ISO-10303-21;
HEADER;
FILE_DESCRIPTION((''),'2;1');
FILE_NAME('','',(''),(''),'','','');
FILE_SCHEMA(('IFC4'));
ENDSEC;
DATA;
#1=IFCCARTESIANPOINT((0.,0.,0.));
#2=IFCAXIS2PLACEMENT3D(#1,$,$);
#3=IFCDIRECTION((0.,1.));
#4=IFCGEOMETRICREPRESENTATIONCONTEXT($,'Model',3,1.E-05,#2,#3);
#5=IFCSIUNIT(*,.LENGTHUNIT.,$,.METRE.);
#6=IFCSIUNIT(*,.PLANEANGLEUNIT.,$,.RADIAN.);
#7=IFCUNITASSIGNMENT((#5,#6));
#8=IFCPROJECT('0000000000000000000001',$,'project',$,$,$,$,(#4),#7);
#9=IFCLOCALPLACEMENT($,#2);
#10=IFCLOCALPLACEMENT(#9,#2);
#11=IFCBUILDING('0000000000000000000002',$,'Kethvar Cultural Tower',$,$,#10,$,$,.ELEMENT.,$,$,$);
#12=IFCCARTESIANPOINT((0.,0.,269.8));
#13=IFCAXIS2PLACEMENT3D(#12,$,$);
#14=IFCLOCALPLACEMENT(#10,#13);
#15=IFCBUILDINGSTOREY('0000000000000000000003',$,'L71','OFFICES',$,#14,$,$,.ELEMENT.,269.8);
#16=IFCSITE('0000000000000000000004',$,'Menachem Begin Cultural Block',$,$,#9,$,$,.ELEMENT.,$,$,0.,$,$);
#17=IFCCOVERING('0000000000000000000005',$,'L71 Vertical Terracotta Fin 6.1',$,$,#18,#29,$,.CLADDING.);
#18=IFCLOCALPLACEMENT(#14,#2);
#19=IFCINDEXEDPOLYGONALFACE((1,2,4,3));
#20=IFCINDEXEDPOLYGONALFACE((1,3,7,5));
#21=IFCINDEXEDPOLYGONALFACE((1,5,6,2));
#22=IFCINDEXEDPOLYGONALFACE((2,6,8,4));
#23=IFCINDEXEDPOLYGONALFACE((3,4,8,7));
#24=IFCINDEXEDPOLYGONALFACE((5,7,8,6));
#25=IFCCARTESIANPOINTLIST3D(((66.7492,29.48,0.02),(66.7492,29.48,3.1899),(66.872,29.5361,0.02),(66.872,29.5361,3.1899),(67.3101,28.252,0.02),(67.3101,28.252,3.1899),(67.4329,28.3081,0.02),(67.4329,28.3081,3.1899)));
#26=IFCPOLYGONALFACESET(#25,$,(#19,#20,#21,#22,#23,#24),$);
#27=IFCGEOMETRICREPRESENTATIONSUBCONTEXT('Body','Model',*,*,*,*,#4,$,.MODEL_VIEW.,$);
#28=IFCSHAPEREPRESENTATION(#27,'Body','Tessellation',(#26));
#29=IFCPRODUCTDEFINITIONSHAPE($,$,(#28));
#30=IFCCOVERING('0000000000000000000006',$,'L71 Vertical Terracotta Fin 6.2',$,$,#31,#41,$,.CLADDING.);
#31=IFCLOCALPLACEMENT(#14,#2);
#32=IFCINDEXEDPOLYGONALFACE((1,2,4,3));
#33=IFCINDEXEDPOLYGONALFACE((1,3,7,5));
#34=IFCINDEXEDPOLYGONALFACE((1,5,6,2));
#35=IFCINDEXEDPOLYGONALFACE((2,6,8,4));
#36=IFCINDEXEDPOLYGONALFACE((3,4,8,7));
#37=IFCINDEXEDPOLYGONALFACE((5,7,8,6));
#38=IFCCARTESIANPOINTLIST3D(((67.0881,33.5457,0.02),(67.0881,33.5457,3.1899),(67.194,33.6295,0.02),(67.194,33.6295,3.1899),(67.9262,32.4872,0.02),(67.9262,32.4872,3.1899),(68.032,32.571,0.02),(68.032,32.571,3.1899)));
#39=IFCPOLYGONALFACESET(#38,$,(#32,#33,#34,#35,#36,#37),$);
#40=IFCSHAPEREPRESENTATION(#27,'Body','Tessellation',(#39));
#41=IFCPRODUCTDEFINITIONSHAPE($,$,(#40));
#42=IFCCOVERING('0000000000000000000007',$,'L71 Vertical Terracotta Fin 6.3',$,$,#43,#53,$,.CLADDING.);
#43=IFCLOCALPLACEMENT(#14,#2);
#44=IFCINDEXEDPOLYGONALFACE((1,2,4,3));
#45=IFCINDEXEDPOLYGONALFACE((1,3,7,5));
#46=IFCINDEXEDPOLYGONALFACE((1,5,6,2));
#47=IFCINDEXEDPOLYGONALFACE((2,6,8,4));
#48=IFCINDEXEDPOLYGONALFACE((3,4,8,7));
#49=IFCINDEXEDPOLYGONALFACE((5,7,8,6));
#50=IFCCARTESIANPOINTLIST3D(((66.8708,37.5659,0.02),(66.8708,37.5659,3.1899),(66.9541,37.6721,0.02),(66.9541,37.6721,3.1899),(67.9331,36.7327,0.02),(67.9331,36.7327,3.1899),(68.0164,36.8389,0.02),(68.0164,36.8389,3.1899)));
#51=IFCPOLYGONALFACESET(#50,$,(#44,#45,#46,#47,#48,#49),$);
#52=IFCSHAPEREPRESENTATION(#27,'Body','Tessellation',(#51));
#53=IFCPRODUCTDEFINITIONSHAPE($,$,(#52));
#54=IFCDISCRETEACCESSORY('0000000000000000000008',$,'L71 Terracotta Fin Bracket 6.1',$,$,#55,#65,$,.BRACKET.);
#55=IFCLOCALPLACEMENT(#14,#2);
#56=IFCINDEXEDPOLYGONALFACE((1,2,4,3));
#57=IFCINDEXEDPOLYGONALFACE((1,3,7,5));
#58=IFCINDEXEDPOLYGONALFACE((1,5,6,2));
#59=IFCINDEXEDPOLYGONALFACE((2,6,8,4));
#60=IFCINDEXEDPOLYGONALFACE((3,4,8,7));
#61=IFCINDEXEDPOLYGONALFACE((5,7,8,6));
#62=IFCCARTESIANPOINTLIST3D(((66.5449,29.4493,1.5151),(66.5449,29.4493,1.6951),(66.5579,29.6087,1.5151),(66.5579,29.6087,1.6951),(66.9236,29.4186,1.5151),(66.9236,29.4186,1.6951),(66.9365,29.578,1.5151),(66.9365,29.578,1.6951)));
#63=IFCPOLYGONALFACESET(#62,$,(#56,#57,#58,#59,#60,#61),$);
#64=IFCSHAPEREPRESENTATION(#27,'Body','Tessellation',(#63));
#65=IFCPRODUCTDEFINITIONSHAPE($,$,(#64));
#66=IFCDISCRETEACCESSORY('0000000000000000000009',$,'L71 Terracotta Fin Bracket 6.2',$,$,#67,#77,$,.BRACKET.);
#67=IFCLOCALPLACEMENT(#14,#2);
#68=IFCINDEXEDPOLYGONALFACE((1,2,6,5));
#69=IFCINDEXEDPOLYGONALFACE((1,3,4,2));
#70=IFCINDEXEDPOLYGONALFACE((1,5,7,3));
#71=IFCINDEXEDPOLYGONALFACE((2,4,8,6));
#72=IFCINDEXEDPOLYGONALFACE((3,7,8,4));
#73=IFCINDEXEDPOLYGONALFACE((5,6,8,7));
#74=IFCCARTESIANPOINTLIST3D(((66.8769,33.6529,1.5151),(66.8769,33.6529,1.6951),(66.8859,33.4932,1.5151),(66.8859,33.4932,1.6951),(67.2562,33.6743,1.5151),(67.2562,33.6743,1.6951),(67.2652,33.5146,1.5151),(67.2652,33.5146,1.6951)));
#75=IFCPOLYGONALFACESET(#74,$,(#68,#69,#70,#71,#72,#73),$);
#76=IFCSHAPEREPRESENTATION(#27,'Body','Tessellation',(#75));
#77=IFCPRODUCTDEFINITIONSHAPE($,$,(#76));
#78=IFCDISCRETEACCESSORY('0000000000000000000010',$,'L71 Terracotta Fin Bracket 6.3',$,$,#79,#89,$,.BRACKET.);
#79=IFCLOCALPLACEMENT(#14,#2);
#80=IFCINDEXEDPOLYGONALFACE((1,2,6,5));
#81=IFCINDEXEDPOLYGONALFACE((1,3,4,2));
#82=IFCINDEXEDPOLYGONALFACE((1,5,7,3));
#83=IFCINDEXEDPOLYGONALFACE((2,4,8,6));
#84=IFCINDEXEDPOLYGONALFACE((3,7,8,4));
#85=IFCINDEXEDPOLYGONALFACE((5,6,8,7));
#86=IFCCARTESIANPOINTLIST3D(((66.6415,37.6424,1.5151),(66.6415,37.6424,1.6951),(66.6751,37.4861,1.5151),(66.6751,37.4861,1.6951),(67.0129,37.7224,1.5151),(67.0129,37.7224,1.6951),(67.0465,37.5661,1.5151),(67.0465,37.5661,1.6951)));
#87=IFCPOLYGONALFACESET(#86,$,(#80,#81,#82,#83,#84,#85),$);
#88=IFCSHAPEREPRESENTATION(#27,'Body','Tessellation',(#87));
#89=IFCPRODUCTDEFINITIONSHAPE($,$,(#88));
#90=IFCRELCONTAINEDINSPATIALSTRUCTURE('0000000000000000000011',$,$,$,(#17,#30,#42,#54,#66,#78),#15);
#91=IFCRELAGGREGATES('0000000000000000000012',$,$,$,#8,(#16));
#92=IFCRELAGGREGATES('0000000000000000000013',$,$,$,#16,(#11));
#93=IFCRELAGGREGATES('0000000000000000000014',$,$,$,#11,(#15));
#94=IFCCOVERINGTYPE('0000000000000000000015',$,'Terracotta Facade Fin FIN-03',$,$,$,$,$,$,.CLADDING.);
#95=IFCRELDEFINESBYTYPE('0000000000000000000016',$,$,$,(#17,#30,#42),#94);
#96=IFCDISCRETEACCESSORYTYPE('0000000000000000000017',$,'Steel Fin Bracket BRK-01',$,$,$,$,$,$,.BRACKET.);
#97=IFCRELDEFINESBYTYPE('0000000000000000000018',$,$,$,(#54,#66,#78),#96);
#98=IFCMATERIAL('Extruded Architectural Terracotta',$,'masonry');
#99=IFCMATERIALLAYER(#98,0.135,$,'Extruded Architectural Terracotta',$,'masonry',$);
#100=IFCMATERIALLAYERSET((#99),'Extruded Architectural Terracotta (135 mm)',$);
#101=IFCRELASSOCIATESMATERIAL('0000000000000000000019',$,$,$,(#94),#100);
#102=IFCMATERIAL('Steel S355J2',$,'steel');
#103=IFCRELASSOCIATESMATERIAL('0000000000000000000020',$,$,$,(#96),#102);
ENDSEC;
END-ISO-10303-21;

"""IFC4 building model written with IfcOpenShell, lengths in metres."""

from ifc_helpers import new_model, si_unit, direction, frame, origin, origin_2d, place, context, subcontext, project, spatial, rectangle, extrude, source, transform, mapped, material, layer, layer_set, type_object, element, save


model = new_model("IFC4")

# Units and contexts
model_context = context("Model", 3, precision=1e-05, world=origin(), true_north=direction((0.0, 1.0)))
body_context = subcontext(model_context, "Body", "Model", "MODEL_VIEW")
ifc_project = project(units=[si_unit("LENGTHUNIT", "METRE"), si_unit("PLANEANGLEUNIT", "RADIAN")], contexts=[model_context])

# Site, building, storey
site_placement = place(None, origin())
site = spatial("IfcSite", under=ifc_project, at=site_placement, Name="Menachem Begin Cultural Block", CompositionType="ELEMENT", RefElevation=0.0)
building_placement = place(site_placement, origin())
building = spatial("IfcBuilding", under=site, at=building_placement, Name="Kethvar Cultural Tower", CompositionType="ELEMENT")
storey_placement = place(building_placement, frame((0.0, 0.0, 269.8)))
storey = spatial("IfcBuildingStorey", under=building, at=storey_placement, Name="L71", Description="OFFICES", CompositionType="ELEMENT", Elevation=269.8)

# Shared definitions
ifc_material_1 = material(Name="Steel S355J2", Category="steel")

# Coverings
ifc_material_2 = material(Name="Extruded Architectural Terracotta", Category="masonry")
ifc_layer_1 = layer(ifc_material_2, 0.135, Name="Extruded Architectural Terracotta", Category="masonry")
ifc_layer_set_1 = layer_set([ifc_layer_1], Name="Extruded Architectural Terracotta (135 mm)")
covering_type = type_object("IfcCoveringType", Name="Terracotta Facade Fin FIN-03", PredefinedType="CLADDING", material=ifc_layer_set_1)
shared_shape_1 = source(origin(), body_context, "Body", "SweptSolid", [
    extrude(rectangle(XDim=1.3501, YDim=0.135, at=origin_2d()), origin(), (0.0, 0.0, 1.0), 3.1699),
])
for number, where, z_axis, x_axis, name in (
    (1, (67.0911, 28.894, 0.02), (0.0, 0.0, 1.0), (0.415487, -0.909599, 0.0), "L71 Vertical Terracotta Fin 6.1"),
    (2, (67.5601, 33.0583, 0.02), (0.0, 0.0, 1.0), (0.620737, -0.784019, 0.0), "L71 Vertical Terracotta Fin 6.2"),
    (3, (67.4436, 37.2024, 0.02), (0.0, 0.0, 1.0), (0.786827, -0.617173, 0.0), "L71 Vertical Terracotta Fin 6.3"),
):
    element("IfcCovering", number, at=place(storey_placement, frame(where, z_axis=z_axis, x_axis=x_axis)), inside=storey, type_object=covering_type, Name=name, PredefinedType="CLADDING", context=body_context, shape_type="MappedRepresentation", body=[
        mapped(shared_shape_1, transform((0.0, 0.0, 0.0), scale=1.0)),
    ])

# Discrete accessories
discrete_accessory_type = type_object("IfcDiscreteAccessoryType", Name="Steel Fin Bracket BRK-01", PredefinedType="BRACKET", material=ifc_material_1)
shared_shape_2 = source(origin(), body_context, "Body", "SweptSolid", [
    extrude(rectangle(XDim=0.3799, YDim=0.1599, at=origin_2d()), origin(), (0.0, 0.0, 1.0), 0.1799),
])
for number, where, z_axis, x_axis, name in (
    (4, (66.7407, 29.5137, 1.5151), (0.0, 0.0, 1.0), (0.996723, -0.080895, 0.0), "L71 Terracotta Fin Bracket 6.1"),
    (5, (67.071, 33.5837, 1.5151), (0.0, 0.0, 1.0), (0.998411, 0.056344, 0.0), "L71 Terracotta Fin Bracket 6.2"),
    (6, (66.844, 37.6042, 1.5151), (0.0, 0.0, 1.0), (0.9776, 0.210472, 0.0), "L71 Terracotta Fin Bracket 6.3"),
):
    element("IfcDiscreteAccessory", number, at=place(storey_placement, frame(where, z_axis=z_axis, x_axis=x_axis)), inside=storey, type_object=discrete_accessory_type, Name=name, PredefinedType="BRACKET", context=body_context, shape_type="MappedRepresentation", body=[
        mapped(shared_shape_2, transform((0.0, 0.0, 0.0), scale=1.0)),
    ])

save(model, "model.ifc")
